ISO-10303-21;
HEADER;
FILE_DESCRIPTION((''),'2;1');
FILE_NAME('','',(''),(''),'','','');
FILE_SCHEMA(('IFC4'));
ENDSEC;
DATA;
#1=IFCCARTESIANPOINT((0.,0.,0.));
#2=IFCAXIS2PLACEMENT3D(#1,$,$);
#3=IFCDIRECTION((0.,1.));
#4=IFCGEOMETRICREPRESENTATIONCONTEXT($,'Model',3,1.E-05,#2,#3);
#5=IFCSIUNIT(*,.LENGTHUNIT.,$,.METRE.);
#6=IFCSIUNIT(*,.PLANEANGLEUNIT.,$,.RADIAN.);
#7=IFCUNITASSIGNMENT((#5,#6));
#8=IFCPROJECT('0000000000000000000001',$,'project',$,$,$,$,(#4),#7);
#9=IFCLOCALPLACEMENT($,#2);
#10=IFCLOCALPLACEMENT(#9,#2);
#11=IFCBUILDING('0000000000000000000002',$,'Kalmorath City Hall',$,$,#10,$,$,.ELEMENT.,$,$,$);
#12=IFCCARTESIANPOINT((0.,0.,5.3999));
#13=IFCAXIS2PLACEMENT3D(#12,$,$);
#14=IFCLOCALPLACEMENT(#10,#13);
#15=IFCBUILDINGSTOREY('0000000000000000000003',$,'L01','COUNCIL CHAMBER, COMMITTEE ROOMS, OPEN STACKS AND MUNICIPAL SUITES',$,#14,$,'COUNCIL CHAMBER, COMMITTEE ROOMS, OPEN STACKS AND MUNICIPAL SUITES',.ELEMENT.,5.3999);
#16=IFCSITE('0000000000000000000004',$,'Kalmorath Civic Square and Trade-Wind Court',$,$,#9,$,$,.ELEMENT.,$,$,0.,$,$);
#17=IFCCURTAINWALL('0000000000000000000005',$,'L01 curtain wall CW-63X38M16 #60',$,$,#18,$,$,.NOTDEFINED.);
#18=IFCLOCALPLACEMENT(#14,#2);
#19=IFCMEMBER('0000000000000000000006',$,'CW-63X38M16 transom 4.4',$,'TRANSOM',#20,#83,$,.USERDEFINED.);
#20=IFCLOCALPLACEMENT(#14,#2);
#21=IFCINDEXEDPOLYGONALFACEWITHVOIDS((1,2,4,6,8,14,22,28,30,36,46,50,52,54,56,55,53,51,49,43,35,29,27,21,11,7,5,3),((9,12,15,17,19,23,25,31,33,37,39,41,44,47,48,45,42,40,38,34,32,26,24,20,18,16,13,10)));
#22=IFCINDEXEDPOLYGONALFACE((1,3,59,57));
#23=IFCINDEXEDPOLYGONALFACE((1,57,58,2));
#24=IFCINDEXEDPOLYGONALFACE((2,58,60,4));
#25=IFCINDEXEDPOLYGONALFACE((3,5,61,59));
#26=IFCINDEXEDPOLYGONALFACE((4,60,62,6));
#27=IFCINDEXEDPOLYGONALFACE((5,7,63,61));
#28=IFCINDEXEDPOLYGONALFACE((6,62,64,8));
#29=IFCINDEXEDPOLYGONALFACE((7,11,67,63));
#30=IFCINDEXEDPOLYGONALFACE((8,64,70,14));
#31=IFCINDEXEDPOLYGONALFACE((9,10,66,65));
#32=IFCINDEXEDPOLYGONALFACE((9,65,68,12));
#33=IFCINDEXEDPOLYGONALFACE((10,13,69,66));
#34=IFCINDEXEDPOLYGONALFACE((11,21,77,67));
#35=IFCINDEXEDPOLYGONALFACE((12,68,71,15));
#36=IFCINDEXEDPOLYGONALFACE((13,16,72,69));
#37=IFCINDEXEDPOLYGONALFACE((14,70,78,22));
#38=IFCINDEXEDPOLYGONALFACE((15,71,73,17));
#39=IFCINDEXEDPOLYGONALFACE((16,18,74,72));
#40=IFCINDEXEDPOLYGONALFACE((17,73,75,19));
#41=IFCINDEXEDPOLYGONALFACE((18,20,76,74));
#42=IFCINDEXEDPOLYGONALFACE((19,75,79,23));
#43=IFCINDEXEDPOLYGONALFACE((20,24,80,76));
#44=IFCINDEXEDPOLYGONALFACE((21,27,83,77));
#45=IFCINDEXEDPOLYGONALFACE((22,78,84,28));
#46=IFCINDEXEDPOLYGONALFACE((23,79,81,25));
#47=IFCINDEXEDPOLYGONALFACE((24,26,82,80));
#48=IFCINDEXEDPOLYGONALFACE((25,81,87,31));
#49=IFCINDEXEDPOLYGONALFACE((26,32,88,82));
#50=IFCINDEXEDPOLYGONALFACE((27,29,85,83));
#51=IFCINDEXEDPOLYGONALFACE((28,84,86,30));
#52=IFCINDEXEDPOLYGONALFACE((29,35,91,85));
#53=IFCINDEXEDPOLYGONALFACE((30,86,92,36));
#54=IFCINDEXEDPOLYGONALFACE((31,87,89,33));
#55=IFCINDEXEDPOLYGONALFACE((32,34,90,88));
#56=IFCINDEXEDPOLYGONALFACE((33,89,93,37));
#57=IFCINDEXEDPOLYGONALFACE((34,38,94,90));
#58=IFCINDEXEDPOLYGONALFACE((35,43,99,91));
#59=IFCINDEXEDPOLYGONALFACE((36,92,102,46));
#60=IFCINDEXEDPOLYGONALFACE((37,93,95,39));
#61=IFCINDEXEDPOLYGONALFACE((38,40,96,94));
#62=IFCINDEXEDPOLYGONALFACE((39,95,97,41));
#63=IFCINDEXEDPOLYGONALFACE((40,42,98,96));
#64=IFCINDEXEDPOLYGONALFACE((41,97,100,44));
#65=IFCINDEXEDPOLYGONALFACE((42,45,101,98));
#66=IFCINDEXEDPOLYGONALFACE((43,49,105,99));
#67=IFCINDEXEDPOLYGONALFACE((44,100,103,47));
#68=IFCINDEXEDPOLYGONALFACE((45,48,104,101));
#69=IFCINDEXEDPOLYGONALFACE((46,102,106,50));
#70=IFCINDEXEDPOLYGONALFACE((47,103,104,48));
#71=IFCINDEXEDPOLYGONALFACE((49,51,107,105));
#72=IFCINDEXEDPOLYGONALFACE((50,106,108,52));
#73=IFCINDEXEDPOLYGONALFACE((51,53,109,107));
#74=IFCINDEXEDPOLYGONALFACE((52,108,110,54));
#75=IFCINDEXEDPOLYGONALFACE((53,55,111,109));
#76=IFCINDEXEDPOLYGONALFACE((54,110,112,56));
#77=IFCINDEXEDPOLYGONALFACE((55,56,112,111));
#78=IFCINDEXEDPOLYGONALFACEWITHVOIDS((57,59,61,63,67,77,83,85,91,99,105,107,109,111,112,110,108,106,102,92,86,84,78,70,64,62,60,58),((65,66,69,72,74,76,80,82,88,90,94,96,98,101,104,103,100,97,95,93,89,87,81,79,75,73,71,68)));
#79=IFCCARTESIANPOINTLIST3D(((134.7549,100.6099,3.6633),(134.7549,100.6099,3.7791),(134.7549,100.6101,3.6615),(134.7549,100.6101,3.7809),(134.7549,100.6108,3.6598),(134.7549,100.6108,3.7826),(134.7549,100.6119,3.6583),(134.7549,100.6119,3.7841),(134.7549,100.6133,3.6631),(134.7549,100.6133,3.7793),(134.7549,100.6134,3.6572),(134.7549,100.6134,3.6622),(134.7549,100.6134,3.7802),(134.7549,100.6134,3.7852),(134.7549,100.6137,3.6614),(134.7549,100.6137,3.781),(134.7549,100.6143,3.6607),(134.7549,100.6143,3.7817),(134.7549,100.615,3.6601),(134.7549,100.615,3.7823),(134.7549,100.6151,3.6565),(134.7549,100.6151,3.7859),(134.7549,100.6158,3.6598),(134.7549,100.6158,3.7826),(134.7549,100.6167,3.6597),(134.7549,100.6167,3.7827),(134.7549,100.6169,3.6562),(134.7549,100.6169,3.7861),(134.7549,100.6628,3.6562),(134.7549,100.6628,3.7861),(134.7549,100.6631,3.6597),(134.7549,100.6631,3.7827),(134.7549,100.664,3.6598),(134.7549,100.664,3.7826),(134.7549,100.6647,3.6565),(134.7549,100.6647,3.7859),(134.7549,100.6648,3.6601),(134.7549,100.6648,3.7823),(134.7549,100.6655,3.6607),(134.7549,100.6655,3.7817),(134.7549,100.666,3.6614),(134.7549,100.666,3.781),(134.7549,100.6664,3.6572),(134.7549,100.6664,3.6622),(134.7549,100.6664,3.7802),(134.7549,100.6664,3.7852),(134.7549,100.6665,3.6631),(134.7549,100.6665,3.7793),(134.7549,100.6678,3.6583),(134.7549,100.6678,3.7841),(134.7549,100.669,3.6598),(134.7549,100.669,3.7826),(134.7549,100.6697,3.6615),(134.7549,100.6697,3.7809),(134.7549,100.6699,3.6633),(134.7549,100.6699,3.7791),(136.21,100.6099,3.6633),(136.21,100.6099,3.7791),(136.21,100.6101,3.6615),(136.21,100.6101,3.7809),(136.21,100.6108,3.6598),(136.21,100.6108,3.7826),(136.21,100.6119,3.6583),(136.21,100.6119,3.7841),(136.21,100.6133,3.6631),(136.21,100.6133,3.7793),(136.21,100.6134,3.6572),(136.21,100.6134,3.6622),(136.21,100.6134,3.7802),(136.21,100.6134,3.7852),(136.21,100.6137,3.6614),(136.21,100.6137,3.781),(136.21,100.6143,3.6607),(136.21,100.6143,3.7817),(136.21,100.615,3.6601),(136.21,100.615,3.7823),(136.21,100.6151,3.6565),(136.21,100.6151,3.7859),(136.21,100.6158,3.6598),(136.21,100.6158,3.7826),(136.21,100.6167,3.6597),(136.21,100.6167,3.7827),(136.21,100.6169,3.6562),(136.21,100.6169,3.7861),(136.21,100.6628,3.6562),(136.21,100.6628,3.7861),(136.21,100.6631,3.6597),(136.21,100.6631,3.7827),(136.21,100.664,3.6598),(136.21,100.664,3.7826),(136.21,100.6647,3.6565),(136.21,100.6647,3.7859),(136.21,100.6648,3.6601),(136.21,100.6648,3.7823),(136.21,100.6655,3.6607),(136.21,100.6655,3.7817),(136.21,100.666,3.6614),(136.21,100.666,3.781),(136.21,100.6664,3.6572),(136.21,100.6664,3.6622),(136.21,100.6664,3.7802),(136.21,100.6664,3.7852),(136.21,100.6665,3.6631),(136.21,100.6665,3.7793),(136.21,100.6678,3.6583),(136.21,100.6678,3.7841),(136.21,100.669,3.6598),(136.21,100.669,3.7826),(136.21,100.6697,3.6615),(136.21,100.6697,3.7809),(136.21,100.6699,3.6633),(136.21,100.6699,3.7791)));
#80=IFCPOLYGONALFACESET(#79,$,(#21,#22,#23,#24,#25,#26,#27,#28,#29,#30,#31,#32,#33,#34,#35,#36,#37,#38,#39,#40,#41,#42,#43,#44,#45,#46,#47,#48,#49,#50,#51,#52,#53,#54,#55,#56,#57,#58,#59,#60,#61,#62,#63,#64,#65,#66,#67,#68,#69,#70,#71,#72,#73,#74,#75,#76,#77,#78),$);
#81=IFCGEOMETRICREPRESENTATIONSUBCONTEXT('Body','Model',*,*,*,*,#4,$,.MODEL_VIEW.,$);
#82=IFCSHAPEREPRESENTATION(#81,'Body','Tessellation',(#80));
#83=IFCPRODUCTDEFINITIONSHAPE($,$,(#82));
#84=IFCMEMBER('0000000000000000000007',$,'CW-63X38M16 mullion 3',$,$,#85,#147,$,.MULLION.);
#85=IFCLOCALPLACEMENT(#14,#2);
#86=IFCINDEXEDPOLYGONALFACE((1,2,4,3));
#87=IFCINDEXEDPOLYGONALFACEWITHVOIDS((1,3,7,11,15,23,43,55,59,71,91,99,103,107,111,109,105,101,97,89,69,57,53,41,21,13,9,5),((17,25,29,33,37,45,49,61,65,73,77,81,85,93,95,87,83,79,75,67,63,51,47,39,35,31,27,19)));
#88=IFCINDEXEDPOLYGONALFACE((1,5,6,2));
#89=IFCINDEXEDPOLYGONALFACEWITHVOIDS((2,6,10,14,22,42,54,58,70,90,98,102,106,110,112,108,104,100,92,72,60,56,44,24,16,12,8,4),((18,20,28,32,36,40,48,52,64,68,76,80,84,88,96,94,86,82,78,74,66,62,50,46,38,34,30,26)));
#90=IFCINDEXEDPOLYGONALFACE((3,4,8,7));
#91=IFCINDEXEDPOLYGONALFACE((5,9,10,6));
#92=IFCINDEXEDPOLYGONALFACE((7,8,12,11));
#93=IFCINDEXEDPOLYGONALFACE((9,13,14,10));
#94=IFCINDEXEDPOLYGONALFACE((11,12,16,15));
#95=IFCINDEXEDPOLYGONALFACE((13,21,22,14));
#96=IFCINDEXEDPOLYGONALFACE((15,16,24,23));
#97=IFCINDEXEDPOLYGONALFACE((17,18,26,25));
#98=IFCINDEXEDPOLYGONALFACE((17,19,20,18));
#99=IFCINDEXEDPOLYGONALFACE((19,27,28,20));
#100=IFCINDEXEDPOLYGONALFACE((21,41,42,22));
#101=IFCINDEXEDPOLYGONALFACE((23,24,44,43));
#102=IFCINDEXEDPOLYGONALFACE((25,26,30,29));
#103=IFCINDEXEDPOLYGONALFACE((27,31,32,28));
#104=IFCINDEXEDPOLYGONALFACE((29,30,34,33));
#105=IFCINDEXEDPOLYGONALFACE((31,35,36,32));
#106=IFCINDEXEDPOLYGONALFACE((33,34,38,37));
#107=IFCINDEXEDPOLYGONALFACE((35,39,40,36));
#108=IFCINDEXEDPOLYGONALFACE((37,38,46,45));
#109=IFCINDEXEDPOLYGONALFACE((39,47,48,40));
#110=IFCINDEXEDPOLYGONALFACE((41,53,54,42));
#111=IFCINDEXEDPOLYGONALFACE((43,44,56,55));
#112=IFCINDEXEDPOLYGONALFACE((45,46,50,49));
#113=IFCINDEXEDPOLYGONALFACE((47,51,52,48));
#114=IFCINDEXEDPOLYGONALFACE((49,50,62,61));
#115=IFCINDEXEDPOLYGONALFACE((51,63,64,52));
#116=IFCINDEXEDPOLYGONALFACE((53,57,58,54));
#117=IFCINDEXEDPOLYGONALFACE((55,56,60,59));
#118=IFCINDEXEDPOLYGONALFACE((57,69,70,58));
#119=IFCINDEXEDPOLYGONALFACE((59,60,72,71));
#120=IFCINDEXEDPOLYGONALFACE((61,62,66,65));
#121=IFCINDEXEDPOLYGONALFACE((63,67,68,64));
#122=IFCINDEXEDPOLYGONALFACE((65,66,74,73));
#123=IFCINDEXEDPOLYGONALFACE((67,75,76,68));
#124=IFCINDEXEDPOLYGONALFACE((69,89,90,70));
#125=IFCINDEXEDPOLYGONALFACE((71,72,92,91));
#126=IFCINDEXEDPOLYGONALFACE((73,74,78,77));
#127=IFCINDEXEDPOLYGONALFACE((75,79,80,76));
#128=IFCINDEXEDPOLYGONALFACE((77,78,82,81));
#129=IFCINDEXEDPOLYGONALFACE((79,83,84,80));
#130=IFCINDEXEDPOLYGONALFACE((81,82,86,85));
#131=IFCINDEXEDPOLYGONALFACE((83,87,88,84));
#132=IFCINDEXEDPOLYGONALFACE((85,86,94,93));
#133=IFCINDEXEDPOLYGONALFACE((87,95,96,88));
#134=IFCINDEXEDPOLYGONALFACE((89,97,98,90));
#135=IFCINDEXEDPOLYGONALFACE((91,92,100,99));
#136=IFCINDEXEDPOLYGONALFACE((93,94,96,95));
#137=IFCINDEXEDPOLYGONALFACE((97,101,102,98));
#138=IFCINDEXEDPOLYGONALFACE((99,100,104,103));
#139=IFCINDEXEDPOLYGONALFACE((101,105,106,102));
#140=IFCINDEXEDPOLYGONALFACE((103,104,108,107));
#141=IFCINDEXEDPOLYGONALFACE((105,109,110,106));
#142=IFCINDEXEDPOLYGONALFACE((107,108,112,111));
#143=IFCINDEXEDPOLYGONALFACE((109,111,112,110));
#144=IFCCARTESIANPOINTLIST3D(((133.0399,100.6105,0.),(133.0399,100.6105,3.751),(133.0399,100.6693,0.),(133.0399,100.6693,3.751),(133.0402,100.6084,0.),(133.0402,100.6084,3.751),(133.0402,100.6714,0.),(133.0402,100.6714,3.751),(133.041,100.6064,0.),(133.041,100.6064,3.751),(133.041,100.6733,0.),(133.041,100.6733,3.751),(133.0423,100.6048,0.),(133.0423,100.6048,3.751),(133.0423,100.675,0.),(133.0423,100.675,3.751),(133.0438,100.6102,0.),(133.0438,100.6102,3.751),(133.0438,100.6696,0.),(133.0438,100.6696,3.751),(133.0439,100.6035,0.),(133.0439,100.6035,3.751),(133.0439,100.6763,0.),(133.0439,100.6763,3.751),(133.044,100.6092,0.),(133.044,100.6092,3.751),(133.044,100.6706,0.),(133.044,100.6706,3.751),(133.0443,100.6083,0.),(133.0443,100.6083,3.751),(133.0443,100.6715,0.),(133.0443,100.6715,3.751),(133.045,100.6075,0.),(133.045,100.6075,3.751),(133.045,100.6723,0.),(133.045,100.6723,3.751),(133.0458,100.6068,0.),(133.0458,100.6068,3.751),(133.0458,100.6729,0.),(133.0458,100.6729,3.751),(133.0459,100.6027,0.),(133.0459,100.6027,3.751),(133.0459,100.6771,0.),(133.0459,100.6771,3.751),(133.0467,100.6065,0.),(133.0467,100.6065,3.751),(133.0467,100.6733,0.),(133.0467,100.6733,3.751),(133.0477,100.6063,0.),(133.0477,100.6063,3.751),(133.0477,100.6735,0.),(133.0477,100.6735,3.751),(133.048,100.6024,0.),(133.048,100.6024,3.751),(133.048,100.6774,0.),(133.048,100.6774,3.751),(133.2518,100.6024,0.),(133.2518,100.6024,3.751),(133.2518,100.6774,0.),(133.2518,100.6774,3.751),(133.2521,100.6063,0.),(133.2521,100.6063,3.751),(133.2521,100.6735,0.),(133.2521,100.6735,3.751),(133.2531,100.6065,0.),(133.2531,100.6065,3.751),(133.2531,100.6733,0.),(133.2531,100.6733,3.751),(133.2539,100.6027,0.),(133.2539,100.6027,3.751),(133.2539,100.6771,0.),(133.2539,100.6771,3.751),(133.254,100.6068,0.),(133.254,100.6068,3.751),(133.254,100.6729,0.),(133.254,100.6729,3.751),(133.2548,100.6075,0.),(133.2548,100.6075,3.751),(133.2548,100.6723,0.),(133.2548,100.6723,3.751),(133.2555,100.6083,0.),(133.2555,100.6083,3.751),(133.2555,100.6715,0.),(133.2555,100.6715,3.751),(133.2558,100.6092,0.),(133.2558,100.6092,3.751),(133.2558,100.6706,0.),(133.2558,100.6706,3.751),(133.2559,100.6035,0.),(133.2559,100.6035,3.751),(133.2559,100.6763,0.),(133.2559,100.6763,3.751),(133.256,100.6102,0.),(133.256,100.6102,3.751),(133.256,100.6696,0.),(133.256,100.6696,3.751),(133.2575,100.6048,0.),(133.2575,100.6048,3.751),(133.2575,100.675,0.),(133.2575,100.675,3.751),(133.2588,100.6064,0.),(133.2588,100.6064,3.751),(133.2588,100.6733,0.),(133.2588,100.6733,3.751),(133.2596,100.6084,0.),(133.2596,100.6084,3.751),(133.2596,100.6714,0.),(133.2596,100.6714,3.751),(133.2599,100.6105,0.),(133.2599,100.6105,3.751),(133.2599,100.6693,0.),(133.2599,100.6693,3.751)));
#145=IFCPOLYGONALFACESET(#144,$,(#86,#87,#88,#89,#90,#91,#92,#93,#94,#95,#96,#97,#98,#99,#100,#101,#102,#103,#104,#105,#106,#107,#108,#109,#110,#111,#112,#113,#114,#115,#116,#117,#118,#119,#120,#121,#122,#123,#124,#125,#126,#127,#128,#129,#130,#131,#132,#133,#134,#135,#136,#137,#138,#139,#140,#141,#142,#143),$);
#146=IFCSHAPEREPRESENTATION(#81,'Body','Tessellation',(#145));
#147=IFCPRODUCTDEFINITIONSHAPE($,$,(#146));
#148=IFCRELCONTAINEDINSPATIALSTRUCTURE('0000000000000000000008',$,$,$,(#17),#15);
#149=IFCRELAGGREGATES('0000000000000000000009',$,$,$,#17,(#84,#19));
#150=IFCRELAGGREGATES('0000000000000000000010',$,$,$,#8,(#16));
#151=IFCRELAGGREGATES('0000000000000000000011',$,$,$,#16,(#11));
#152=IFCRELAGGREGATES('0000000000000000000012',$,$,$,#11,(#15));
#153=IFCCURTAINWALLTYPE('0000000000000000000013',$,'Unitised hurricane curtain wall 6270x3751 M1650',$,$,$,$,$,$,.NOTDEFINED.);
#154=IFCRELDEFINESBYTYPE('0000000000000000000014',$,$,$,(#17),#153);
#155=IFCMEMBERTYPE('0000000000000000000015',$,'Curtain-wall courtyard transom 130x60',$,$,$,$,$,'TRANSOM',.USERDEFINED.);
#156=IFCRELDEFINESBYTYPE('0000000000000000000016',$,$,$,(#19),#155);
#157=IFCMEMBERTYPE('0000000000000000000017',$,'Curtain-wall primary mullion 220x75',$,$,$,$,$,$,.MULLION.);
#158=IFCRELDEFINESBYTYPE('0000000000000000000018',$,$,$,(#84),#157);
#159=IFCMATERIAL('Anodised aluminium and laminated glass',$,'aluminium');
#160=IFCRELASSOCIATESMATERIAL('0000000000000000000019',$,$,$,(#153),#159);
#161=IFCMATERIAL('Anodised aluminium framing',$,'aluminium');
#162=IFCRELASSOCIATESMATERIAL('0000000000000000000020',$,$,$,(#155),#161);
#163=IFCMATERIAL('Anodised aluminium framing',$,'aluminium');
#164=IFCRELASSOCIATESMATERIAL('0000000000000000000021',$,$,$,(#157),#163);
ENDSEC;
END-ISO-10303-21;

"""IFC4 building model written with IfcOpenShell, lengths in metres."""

from ifc_helpers import new_model, si_unit, direction, frame, origin, origin_2d, place, context, subcontext, project, spatial, hollow_rectangle, extrude, material, material_profile, profile_set, type_object, element, aggregate, save


model = new_model("IFC4")

# Units and contexts
model_context = context("Model", 3, precision=1e-05, world=origin(), true_north=direction((0.0, 1.0)))
body_context = subcontext(model_context, "Body", "Model", "MODEL_VIEW")
ifc_project = project(units=[si_unit("LENGTHUNIT", "METRE"), si_unit("PLANEANGLEUNIT", "RADIAN")], contexts=[model_context])

# Site, building, storey
site_placement = place(None, origin())
site = spatial("IfcSite", under=ifc_project, at=site_placement, Name="Kalmorath Civic Square and Trade-Wind Court", CompositionType="ELEMENT", RefElevation=0.0)
building_placement = place(site_placement, origin())
building = spatial("IfcBuilding", under=site, at=building_placement, Name="Kalmorath City Hall", CompositionType="ELEMENT")
storey_placement = place(building_placement, frame((0.0, 0.0, 5.3999)))
storey = spatial("IfcBuildingStorey", under=building, at=storey_placement, Name="L01", Description="COUNCIL CHAMBER, COMMITTEE ROOMS, OPEN STACKS AND MUNICIPAL SUITES", LongName="COUNCIL CHAMBER, COMMITTEE ROOMS, OPEN STACKS AND MUNICIPAL SUITES", CompositionType="ELEMENT", Elevation=5.3999)

# Curtain wall, members
ifc_material_1 = material(Name="Anodised aluminium and laminated glass", Category="aluminium")
curtain_wall_type_1 = type_object("IfcCurtainWallType", Name="Unitised hurricane curtain wall 6270x3751 M1650", PredefinedType="NOTDEFINED", material=ifc_material_1)
curtain_wall_1_placement = place(storey_placement, origin())
curtain_wall_1 = element("IfcCurtainWall", 1, at=curtain_wall_1_placement, inside=storey, type_object=curtain_wall_type_1, Name="L01 curtain wall CW-63X38M16 #60", PredefinedType="NOTDEFINED")
ifc_material_2 = material(Name="Anodised aluminium framing", Category="aluminium")
ifc_material_profile_1 = material_profile(ifc_material_2, hollow_rectangle(XDim=0.0601, YDim=0.1299, WallThickness=0.0034, InnerFilletRadius=0.0034, OuterFilletRadius=0.0071, at=origin_2d()), Name="ALU-TRN-130X60X3.5")
ifc_profile_set_1 = profile_set([ifc_material_profile_1], Name="Anodised aluminium framing")
member_type_1 = type_object("IfcMemberType", Name="Curtain-wall courtyard transom 130x60", ElementType="TRANSOM", PredefinedType="USERDEFINED", material=ifc_profile_set_1)
member_1_placement = place(storey_placement, frame((134.7549, 100.6399, 3.7212), z_axis=(1.0, 0.0, 0.0), x_axis=(0.0, 1.0, 0.0)))
member_1 = element("IfcMember", 2, at=member_1_placement, type_object=member_type_1, Name="CW-63X38M16 transom 4.4", ObjectType="TRANSOM", PredefinedType="USERDEFINED", context=body_context, shape_type="SweptSolid", body=[
    extrude(hollow_rectangle(XDim=0.0601, YDim=0.1299, WallThickness=0.0034, InnerFilletRadius=0.0034, OuterFilletRadius=0.0071, at=origin_2d()), origin(), (0.0, 0.0, 1.0), 1.4551),
])
ifc_material_3 = material(Name="Anodised aluminium framing", Category="aluminium")
ifc_material_profile_2 = material_profile(ifc_material_3, hollow_rectangle(XDim=0.075, YDim=0.22, WallThickness=0.0039, InnerFilletRadius=0.0039, OuterFilletRadius=0.0081, at=origin_2d()), Name="ALU-MUL-220X75X4")
ifc_profile_set_2 = profile_set([ifc_material_profile_2], Name="Anodised aluminium framing")
member_type_2 = type_object("IfcMemberType", Name="Curtain-wall primary mullion 220x75", PredefinedType="MULLION", material=ifc_profile_set_2)
member_2_placement = place(storey_placement, frame((133.1499, 100.6399, 0.0), z_axis=(0.0, 0.0, 1.0), x_axis=(0.0, 1.0, 0.0)))
member_2 = element("IfcMember", 3, at=member_2_placement, type_object=member_type_2, Name="CW-63X38M16 mullion 3", PredefinedType="MULLION", context=body_context, shape_type="SweptSolid", body=[
    extrude(hollow_rectangle(XDim=0.075, YDim=0.22, WallThickness=0.0039, InnerFilletRadius=0.0039, OuterFilletRadius=0.0081, at=origin_2d()), origin(), (0.0, 0.0, 1.0), 3.751),
])

aggregate(curtain_wall_1, [member_2, member_1])

save(model, "model.ifc")
